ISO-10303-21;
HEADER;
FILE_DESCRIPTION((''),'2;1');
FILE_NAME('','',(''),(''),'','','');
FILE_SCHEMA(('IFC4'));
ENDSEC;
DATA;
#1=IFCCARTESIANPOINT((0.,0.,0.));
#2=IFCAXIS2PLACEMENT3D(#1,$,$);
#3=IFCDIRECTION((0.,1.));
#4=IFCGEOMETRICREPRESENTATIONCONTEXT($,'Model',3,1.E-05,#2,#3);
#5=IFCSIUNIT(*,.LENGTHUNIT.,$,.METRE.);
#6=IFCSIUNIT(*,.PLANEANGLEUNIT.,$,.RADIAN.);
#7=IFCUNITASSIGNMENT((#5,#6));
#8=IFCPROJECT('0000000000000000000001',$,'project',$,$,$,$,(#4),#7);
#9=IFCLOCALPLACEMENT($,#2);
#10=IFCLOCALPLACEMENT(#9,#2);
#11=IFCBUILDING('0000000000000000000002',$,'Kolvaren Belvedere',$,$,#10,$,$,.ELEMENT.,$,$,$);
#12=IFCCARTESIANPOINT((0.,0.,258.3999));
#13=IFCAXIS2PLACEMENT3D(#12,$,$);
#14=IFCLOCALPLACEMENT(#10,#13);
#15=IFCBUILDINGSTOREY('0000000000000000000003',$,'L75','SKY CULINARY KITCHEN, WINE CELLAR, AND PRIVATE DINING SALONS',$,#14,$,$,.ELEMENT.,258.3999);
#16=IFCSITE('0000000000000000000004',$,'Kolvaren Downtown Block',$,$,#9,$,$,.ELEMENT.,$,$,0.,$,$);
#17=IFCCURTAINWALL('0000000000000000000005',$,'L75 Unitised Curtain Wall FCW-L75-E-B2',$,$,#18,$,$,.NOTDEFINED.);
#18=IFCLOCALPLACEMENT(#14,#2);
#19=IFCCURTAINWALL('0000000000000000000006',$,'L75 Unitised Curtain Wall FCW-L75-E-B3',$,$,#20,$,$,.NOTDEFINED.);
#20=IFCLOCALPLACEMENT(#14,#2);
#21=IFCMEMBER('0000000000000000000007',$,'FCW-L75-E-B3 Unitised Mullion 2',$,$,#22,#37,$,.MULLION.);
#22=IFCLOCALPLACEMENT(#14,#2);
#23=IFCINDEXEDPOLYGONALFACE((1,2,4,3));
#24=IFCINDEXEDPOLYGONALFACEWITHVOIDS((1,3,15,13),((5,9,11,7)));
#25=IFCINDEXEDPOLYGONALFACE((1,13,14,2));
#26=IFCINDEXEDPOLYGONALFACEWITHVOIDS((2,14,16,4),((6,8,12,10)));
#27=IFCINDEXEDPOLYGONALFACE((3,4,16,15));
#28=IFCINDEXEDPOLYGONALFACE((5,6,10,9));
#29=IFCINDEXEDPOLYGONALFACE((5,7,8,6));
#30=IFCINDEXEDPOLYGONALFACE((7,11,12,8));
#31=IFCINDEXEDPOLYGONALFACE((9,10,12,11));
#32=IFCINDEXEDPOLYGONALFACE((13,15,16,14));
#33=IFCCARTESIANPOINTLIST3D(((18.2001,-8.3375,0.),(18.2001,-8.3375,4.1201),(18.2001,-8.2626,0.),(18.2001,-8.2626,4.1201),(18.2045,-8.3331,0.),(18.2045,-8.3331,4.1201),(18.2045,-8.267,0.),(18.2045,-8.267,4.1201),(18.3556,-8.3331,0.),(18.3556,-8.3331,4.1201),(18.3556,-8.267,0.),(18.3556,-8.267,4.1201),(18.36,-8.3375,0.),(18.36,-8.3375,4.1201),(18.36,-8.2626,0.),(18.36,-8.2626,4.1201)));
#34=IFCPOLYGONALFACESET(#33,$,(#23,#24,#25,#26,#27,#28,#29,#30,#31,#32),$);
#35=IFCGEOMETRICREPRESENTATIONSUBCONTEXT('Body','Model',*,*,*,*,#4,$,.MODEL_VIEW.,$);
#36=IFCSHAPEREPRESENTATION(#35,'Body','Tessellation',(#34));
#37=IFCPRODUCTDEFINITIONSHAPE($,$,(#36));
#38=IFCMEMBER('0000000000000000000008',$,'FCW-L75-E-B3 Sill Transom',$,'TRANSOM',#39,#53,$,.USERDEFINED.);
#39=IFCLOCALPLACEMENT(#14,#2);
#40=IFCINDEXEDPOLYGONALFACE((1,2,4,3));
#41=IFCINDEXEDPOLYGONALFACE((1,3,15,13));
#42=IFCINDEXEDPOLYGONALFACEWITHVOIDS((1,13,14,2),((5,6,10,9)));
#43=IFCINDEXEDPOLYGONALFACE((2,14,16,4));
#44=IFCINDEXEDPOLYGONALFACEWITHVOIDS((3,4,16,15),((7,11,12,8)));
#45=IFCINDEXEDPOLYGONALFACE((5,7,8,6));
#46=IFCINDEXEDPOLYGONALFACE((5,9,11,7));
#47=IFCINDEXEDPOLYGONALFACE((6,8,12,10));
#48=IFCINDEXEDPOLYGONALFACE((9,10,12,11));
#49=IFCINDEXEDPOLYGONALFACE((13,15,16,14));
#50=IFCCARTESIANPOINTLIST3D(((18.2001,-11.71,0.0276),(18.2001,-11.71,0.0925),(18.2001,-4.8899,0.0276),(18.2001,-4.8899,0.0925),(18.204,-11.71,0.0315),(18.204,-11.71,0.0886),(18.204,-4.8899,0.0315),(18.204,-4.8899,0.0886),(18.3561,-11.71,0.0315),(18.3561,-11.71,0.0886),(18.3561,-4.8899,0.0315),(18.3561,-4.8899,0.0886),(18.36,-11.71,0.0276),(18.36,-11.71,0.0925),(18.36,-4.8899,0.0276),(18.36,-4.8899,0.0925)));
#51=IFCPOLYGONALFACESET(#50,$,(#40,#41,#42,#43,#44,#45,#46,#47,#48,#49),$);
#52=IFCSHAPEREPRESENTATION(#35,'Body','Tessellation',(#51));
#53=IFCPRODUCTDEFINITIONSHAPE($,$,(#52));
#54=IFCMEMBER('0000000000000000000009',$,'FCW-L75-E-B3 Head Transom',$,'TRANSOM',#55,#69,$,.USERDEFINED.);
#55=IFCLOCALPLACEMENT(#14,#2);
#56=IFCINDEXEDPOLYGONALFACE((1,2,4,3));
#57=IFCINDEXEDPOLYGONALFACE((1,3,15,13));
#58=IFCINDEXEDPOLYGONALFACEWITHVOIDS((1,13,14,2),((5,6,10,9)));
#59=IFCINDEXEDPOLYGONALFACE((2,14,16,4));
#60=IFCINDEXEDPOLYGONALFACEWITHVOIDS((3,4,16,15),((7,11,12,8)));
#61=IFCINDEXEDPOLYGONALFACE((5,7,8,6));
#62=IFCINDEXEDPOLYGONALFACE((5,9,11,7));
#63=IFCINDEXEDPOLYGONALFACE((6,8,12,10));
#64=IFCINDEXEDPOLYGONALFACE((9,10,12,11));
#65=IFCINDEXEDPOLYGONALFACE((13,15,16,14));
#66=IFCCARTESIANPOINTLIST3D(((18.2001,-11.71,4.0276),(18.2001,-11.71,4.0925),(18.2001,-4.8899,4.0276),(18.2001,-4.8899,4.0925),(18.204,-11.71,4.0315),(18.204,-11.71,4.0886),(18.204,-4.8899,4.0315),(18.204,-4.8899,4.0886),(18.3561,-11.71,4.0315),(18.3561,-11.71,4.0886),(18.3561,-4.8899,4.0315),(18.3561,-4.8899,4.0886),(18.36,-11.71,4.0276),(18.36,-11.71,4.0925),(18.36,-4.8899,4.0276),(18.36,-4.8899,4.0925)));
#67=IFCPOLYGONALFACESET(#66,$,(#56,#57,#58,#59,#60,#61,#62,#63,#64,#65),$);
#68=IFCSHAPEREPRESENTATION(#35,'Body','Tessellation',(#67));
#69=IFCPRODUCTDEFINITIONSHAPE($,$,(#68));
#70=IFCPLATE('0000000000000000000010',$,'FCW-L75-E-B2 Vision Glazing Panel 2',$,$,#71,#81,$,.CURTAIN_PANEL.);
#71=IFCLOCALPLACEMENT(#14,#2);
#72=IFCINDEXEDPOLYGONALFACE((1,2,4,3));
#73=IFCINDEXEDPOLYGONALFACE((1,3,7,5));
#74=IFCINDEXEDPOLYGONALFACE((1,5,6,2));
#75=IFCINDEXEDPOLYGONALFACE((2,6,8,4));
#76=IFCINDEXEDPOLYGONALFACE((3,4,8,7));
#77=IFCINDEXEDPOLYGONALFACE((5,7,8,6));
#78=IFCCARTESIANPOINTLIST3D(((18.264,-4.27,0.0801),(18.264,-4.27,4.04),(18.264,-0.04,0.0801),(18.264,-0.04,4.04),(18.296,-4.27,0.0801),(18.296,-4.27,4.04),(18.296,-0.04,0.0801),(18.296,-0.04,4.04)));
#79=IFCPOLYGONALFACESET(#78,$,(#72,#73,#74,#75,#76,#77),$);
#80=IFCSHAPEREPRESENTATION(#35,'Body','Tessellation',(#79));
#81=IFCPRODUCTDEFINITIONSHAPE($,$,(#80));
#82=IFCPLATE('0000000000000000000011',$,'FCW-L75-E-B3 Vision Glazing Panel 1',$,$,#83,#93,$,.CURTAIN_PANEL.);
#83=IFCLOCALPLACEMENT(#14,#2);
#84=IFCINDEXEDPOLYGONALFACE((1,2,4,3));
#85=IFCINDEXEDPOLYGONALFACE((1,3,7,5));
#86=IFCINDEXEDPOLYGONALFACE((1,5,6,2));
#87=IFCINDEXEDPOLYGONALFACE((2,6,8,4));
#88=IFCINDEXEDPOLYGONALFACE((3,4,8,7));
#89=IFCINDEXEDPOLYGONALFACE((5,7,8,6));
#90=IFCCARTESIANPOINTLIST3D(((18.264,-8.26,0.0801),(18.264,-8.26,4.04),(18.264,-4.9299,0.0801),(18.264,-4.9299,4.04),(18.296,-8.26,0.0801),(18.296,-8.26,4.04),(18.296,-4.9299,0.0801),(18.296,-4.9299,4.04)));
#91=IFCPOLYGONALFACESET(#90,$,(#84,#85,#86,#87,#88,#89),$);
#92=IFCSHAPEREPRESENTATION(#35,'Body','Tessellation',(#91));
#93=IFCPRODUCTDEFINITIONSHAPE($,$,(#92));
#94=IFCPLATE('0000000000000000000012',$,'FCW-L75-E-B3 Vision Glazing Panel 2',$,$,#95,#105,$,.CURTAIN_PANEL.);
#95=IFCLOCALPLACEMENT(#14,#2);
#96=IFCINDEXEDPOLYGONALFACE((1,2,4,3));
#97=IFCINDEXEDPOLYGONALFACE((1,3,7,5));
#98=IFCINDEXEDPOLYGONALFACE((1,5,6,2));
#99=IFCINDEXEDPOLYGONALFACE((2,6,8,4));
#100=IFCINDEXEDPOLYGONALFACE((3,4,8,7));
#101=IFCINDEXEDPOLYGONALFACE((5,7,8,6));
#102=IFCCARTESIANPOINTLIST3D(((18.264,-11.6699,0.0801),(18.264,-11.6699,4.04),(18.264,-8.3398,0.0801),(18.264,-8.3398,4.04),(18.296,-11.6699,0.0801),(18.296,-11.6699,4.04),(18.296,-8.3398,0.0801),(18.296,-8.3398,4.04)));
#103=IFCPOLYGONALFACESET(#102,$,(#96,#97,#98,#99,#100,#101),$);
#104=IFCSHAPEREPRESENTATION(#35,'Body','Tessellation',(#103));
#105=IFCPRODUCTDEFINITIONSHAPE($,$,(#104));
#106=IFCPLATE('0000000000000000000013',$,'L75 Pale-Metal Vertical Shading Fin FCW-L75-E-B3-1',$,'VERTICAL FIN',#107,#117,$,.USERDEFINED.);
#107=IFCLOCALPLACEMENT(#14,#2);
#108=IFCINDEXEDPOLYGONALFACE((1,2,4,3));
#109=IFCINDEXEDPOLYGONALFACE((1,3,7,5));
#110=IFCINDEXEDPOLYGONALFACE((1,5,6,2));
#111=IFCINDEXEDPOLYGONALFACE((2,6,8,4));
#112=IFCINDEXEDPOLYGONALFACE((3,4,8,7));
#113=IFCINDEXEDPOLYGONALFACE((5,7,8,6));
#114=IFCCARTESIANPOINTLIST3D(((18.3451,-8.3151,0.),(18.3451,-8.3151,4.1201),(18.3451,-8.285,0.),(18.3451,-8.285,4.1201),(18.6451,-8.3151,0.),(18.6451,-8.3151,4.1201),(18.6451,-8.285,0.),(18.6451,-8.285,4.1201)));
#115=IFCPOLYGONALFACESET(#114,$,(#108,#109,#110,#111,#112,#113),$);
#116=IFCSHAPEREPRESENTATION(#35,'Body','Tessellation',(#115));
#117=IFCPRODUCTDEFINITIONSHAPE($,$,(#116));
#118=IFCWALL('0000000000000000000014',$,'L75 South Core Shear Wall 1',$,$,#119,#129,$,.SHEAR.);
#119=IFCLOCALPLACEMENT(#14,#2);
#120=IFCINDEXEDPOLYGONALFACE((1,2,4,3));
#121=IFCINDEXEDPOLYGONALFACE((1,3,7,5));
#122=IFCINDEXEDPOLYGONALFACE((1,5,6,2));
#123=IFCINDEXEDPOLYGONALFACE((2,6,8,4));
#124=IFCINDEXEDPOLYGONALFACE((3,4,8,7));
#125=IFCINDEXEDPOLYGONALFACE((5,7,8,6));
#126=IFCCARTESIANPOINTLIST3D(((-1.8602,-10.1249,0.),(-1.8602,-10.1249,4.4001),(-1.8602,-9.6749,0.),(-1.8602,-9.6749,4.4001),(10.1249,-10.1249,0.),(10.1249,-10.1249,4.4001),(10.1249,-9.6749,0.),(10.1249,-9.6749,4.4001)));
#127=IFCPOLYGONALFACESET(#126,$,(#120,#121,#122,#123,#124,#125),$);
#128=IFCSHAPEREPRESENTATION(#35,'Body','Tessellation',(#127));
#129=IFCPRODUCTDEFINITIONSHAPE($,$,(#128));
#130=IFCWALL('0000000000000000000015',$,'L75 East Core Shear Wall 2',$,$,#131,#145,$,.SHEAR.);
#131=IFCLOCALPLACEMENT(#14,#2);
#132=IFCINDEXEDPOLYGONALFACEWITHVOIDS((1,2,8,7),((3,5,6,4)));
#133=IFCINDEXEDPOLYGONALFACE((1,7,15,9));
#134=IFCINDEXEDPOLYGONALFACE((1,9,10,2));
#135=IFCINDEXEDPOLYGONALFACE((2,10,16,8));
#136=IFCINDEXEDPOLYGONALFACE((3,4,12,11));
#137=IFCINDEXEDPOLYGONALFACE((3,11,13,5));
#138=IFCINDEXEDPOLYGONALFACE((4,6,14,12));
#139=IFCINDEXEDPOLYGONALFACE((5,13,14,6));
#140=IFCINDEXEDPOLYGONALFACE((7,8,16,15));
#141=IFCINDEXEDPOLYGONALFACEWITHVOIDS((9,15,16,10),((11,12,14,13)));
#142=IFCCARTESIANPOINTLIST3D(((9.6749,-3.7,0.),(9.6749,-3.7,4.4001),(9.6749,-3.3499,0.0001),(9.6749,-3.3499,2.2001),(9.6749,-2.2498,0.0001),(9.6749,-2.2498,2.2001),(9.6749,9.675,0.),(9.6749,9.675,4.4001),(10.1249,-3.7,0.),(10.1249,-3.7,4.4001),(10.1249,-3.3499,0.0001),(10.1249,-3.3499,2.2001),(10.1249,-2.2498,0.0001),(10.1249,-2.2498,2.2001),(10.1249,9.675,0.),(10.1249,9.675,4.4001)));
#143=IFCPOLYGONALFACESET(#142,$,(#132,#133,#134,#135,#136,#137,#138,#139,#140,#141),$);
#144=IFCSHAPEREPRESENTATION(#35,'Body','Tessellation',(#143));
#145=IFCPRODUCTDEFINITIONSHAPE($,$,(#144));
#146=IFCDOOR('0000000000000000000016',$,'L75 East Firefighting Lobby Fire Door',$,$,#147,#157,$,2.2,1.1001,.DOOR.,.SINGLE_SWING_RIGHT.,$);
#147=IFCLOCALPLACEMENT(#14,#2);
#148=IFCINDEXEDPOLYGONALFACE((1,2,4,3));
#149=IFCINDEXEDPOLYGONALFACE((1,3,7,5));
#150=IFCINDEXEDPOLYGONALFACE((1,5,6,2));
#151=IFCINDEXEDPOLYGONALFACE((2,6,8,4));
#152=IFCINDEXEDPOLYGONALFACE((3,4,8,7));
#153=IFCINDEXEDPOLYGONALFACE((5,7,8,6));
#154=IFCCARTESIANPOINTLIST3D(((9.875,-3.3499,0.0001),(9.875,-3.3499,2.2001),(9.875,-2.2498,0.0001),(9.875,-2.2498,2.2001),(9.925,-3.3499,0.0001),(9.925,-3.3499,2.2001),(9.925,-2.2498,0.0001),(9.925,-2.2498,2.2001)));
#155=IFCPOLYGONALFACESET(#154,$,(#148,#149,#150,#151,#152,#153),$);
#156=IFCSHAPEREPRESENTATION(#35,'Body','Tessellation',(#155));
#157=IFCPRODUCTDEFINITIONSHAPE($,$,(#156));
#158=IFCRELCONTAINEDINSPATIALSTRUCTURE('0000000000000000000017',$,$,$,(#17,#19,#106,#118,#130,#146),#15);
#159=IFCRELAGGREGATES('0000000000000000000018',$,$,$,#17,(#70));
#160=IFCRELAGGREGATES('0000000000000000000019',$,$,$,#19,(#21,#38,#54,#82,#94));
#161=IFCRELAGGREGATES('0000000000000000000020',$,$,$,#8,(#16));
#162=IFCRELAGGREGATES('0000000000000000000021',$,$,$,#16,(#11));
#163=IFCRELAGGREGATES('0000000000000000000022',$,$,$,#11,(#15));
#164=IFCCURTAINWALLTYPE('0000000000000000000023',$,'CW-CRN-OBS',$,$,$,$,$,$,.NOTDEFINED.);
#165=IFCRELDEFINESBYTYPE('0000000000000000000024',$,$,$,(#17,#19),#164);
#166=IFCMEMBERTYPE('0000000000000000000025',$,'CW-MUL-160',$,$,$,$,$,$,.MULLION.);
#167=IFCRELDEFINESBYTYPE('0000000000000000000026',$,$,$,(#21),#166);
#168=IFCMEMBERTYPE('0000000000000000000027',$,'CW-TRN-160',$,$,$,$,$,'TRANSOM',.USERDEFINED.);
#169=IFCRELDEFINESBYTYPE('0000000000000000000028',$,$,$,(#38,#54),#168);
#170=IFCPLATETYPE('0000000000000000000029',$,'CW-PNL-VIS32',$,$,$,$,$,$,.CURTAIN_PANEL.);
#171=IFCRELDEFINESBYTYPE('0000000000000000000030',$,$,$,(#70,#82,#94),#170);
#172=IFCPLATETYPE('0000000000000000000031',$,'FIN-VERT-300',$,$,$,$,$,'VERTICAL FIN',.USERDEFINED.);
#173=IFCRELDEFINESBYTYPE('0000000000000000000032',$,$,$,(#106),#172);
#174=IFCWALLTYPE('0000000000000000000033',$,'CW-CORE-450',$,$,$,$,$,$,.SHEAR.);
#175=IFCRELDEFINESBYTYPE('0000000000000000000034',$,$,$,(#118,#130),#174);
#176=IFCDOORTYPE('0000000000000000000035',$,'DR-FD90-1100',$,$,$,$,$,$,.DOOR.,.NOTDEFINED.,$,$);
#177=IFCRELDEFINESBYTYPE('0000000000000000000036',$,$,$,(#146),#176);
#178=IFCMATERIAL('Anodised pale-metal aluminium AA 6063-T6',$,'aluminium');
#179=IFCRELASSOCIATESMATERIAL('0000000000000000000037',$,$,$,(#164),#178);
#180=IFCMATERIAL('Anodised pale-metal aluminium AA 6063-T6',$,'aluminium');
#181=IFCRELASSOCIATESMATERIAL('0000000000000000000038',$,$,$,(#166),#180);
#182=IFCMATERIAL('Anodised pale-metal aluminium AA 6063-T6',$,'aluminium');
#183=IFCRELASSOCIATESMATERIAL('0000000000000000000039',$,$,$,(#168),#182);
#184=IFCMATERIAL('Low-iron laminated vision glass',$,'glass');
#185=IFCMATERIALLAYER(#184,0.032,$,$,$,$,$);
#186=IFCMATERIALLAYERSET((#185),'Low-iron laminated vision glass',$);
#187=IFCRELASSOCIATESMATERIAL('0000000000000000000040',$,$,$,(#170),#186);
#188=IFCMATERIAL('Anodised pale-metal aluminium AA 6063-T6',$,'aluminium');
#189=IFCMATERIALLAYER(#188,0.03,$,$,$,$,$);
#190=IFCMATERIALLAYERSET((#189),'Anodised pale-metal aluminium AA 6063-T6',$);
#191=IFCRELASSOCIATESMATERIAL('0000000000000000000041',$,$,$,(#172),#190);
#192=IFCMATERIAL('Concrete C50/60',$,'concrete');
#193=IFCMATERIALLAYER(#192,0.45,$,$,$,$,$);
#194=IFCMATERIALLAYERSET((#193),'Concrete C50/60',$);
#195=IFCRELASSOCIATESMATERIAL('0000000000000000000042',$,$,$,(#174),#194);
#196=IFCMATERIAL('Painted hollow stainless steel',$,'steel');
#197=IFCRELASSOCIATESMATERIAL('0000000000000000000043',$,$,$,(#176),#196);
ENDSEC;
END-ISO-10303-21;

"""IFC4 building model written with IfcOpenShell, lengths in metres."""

from ifc_helpers import new_model, si_unit, direction, frame, frame_2d, origin, origin_2d, place, context, subcontext, project, spatial, rectangle, hollow_rectangle, extrude, material, layer, layer_set, material_profile, profile_set, type_object, element, fill, aggregate, save


model = new_model("IFC4")

# Units and contexts
model_context = context("Model", 3, precision=1e-05, world=origin(), true_north=direction((0.0, 1.0)))
body_context = subcontext(model_context, "Body", "Model", "MODEL_VIEW")
ifc_project = project(units=[si_unit("LENGTHUNIT", "METRE"), si_unit("PLANEANGLEUNIT", "RADIAN")], contexts=[model_context])

# Site, building, storey
site_placement = place(None, origin())
site = spatial("IfcSite", under=ifc_project, at=site_placement, Name="Kolvaren Downtown Block", CompositionType="ELEMENT", RefElevation=0.0)
building_placement = place(site_placement, origin())
building = spatial("IfcBuilding", under=site, at=building_placement, Name="Kolvaren Belvedere", CompositionType="ELEMENT")
storey_placement = place(building_placement, frame((0.0, 0.0, 258.3999)))
storey = spatial("IfcBuildingStorey", under=building, at=storey_placement, Name="L75", Description="SKY CULINARY KITCHEN, WINE CELLAR, AND PRIVATE DINING SALONS", CompositionType="ELEMENT", Elevation=258.3999)

# Curtain wall
ifc_material_1 = material(Name="Anodised pale-metal aluminium AA 6063-T6", Category="aluminium")
curtain_wall_type = type_object("IfcCurtainWallType", Name="CW-CRN-OBS", PredefinedType="NOTDEFINED", material=ifc_material_1)
curtain_wall_1_placement = place(storey_placement, origin())
curtain_wall_1 = element("IfcCurtainWall", 1, at=curtain_wall_1_placement, inside=storey, type_object=curtain_wall_type, Name="L75 Unitised Curtain Wall FCW-L75-E-B2", PredefinedType="NOTDEFINED")
ifc_material_2 = material(Name="Anodised pale-metal aluminium AA 6063-T6", Category="aluminium")
ifc_material_profile_1 = material_profile(ifc_material_2, hollow_rectangle(XDim=0.075, YDim=0.1599, WallThickness=0.0044, at=origin_2d()), Name="ALU-MUL-160X75")
ifc_profile_set_1 = profile_set([ifc_material_profile_1], Name="Anodised pale-metal aluminium AA 6063-T6")
member_type_1 = type_object("IfcMemberType", Name="CW-MUL-160", PredefinedType="MULLION", material=ifc_profile_set_1)

# Curtain wall, members
curtain_wall_2_placement = place(storey_placement, origin())
curtain_wall_2 = element("IfcCurtainWall", 2, at=curtain_wall_2_placement, inside=storey, type_object=curtain_wall_type, Name="L75 Unitised Curtain Wall FCW-L75-E-B3", PredefinedType="NOTDEFINED")
member_1_placement = place(storey_placement, frame((18.28, -8.3, 0.0), z_axis=(0.0, 0.0, 1.0), x_axis=(0.0, 1.0, 0.0)))
member_1 = element("IfcMember", 3, at=member_1_placement, type_object=member_type_1, Name="FCW-L75-E-B3 Unitised Mullion 2", PredefinedType="MULLION", context=body_context, shape_type="SweptSolid", body=[
    extrude(hollow_rectangle(XDim=0.075, YDim=0.1599, WallThickness=0.0044, at=origin_2d()), origin(), (0.0, 0.0, 1.0), 4.1201),
])
ifc_material_3 = material(Name="Anodised pale-metal aluminium AA 6063-T6", Category="aluminium")
ifc_material_profile_2 = material_profile(ifc_material_3, hollow_rectangle(XDim=0.0649, YDim=0.1599, WallThickness=0.0039, at=origin_2d()), Name="ALU-TRN-160X65")
ifc_profile_set_2 = profile_set([ifc_material_profile_2], Name="Anodised pale-metal aluminium AA 6063-T6")
member_type_2 = type_object("IfcMemberType", Name="CW-TRN-160", ElementType="TRANSOM", PredefinedType="USERDEFINED", material=ifc_profile_set_2)
member_2_placement = place(storey_placement, frame((18.28, -4.8899, 0.0601), z_axis=(0.0, -1.0, 0.0), x_axis=(0.0, 0.0, 1.0)))
member_2 = element("IfcMember", 4, at=member_2_placement, type_object=member_type_2, Name="FCW-L75-E-B3 Sill Transom", ObjectType="TRANSOM", PredefinedType="USERDEFINED", context=body_context, shape_type="SweptSolid", body=[
    extrude(hollow_rectangle(XDim=0.0649, YDim=0.1599, WallThickness=0.0039, at=origin_2d()), origin(), (0.0, 0.0, 1.0), 6.8201),
])
member_3_placement = place(storey_placement, frame((18.28, -4.8899, 4.0601), z_axis=(0.0, -1.0, 0.0), x_axis=(0.0, 0.0, 1.0)))
member_3 = element("IfcMember", 5, at=member_3_placement, type_object=member_type_2, Name="FCW-L75-E-B3 Head Transom", ObjectType="TRANSOM", PredefinedType="USERDEFINED", context=body_context, shape_type="SweptSolid", body=[
    extrude(hollow_rectangle(XDim=0.0649, YDim=0.1599, WallThickness=0.0039, at=origin_2d()), origin(), (0.0, 0.0, 1.0), 6.8201),
])

# Plates
ifc_material_4 = material(Name="Low-iron laminated vision glass", Category="glass")
ifc_layer_1 = layer(ifc_material_4, 0.032)
ifc_layer_set_1 = layer_set([ifc_layer_1], Name="Low-iron laminated vision glass")
plate_type_1 = type_object("IfcPlateType", Name="CW-PNL-VIS32", PredefinedType="CURTAIN_PANEL", material=ifc_layer_set_1)
plate_1_placement = place(storey_placement, frame((18.28, -2.155, 0.0801), z_axis=(0.0, 0.0, 1.0), x_axis=(0.0, -1.0, 0.0)))
plate_1 = element("IfcPlate", 6, at=plate_1_placement, type_object=plate_type_1, Name="FCW-L75-E-B2 Vision Glazing Panel 2", PredefinedType="CURTAIN_PANEL", context=body_context, shape_type="SweptSolid", body=[
    extrude(rectangle(XDim=4.23, YDim=0.032, at=origin_2d()), origin(), (0.0, 0.0, 1.0), 3.96),
])
aggregate(curtain_wall_1, [plate_1])
plate_2_placement = place(storey_placement, frame((18.28, -6.595, 0.0801), z_axis=(0.0, 0.0, 1.0), x_axis=(0.0, -1.0, 0.0)))
plate_2 = element("IfcPlate", 7, at=plate_2_placement, type_object=plate_type_1, Name="FCW-L75-E-B3 Vision Glazing Panel 1", PredefinedType="CURTAIN_PANEL", context=body_context, shape_type="SweptSolid", body=[
    extrude(rectangle(XDim=3.3301, YDim=0.032, at=origin_2d()), origin(), (0.0, 0.0, 1.0), 3.96),
])
plate_3_placement = place(storey_placement, frame((18.28, -10.0049, 0.0801), z_axis=(0.0, 0.0, 1.0), x_axis=(0.0, -1.0, 0.0)))
plate_3 = element("IfcPlate", 8, at=plate_3_placement, type_object=plate_type_1, Name="FCW-L75-E-B3 Vision Glazing Panel 2", PredefinedType="CURTAIN_PANEL", context=body_context, shape_type="SweptSolid", body=[
    extrude(rectangle(XDim=3.3301, YDim=0.032, at=origin_2d()), origin(), (0.0, 0.0, 1.0), 3.96),
])
aggregate(curtain_wall_2, [member_1, member_2, member_3, plate_2, plate_3])
ifc_material_5 = material(Name="Anodised pale-metal aluminium AA 6063-T6", Category="aluminium")
ifc_layer_2 = layer(ifc_material_5, 0.03)
ifc_layer_set_2 = layer_set([ifc_layer_2], Name="Anodised pale-metal aluminium AA 6063-T6")
plate_type_2 = type_object("IfcPlateType", Name="FIN-VERT-300", ElementType="VERTICAL FIN", PredefinedType="USERDEFINED", material=ifc_layer_set_2)
plate_4_placement = place(storey_placement, frame((18.4951, -8.3, 0.0), z_axis=(0.0, 0.0, 1.0), x_axis=(1.0, 0.0, 0.0)))
element("IfcPlate", 9, at=plate_4_placement, inside=storey, type_object=plate_type_2, Name="L75 Pale-Metal Vertical Shading Fin FCW-L75-E-B3-1", ObjectType="VERTICAL FIN", PredefinedType="USERDEFINED", context=body_context, shape_type="SweptSolid", body=[
    extrude(rectangle(XDim=0.3, YDim=0.03, at=origin_2d()), origin(), (0.0, 0.0, 1.0), 4.1201),
])

# Wall
ifc_material_6 = material(Name="Concrete C50/60", Category="concrete")
ifc_layer_3 = layer(ifc_material_6, 0.45)
ifc_layer_set_3 = layer_set([ifc_layer_3], Name="Concrete C50/60")
wall_type = type_object("IfcWallType", Name="CW-CORE-450", PredefinedType="SHEAR", material=ifc_layer_set_3)
wall_1_placement = place(storey_placement, frame((10.125, -9.8999, 0.0), z_axis=(0.0, 0.0, 1.0), x_axis=(-1.0, 0.0, 0.0)))
element("IfcWall", 10, at=wall_1_placement, inside=storey, type_object=wall_type, Name="L75 South Core Shear Wall 1", PredefinedType="SHEAR", context=body_context, shape_type="SweptSolid", body=[
    extrude(rectangle(XDim=11.9851, YDim=0.45, at=frame_2d((5.9927, 0.0))), origin(), (0.0, 0.0, 1.0), 4.4001),
])

# Wall, opening, door
wall_2_placement = place(storey_placement, frame((9.8999, -3.7, 0.0), z_axis=(0.0, 0.0, 1.0), x_axis=(0.0, 1.0, 0.0)))
wall_2 = element("IfcWall", 11, at=wall_2_placement, inside=storey, type_object=wall_type, Name="L75 East Core Shear Wall 2", PredefinedType="SHEAR", context=body_context, shape_type="SweptSolid", body=[
    extrude(rectangle(XDim=13.375, YDim=0.45, at=frame_2d((6.6875, 0.0))), origin(), (0.0, 0.0, 1.0), 4.4001),
])
opening_placement = place(wall_2_placement, frame((0.3501, 0.0, 0.0)))
opening = element("IfcOpeningElement", 12, at=opening_placement, cuts=wall_2, PredefinedType="OPENING", context=body_context, shape_type="SweptSolid", body=[
    extrude(rectangle(XDim=1.1001, YDim=2.2, at=frame_2d((0.55, 1.1001))), frame((0.0, 0.2349, 0.0), z_axis=(0.0, -1.0, 0.0), x_axis=(1.0, 0.0, 0.0)), (0.0, 0.0, 1.0), 0.47),
])
ifc_material_7 = material(Name="Painted hollow stainless steel", Category="steel")
door_type = type_object("IfcDoorType", Name="DR-FD90-1100", OperationType="NOTDEFINED", PredefinedType="DOOR", material=ifc_material_7)
door_placement = place(opening_placement, origin())
door = element("IfcDoor", 13, at=door_placement, inside=storey, type_object=door_type, Name="L75 East Firefighting Lobby Fire Door", OperationType="SINGLE_SWING_RIGHT", OverallHeight=2.2, OverallWidth=1.1001, PredefinedType="DOOR", context=body_context, shape_type="SweptSolid", body=[
    extrude(rectangle(XDim=1.1001, YDim=2.2, at=frame_2d((0.55, 1.1001))), frame((0.0, 0.0249, 0.0), z_axis=(0.0, -1.0, 0.0), x_axis=(1.0, 0.0, 0.0)), (0.0, 0.0, 1.0), 0.05),
])
fill(opening, door)

save(model, "model.ifc")
